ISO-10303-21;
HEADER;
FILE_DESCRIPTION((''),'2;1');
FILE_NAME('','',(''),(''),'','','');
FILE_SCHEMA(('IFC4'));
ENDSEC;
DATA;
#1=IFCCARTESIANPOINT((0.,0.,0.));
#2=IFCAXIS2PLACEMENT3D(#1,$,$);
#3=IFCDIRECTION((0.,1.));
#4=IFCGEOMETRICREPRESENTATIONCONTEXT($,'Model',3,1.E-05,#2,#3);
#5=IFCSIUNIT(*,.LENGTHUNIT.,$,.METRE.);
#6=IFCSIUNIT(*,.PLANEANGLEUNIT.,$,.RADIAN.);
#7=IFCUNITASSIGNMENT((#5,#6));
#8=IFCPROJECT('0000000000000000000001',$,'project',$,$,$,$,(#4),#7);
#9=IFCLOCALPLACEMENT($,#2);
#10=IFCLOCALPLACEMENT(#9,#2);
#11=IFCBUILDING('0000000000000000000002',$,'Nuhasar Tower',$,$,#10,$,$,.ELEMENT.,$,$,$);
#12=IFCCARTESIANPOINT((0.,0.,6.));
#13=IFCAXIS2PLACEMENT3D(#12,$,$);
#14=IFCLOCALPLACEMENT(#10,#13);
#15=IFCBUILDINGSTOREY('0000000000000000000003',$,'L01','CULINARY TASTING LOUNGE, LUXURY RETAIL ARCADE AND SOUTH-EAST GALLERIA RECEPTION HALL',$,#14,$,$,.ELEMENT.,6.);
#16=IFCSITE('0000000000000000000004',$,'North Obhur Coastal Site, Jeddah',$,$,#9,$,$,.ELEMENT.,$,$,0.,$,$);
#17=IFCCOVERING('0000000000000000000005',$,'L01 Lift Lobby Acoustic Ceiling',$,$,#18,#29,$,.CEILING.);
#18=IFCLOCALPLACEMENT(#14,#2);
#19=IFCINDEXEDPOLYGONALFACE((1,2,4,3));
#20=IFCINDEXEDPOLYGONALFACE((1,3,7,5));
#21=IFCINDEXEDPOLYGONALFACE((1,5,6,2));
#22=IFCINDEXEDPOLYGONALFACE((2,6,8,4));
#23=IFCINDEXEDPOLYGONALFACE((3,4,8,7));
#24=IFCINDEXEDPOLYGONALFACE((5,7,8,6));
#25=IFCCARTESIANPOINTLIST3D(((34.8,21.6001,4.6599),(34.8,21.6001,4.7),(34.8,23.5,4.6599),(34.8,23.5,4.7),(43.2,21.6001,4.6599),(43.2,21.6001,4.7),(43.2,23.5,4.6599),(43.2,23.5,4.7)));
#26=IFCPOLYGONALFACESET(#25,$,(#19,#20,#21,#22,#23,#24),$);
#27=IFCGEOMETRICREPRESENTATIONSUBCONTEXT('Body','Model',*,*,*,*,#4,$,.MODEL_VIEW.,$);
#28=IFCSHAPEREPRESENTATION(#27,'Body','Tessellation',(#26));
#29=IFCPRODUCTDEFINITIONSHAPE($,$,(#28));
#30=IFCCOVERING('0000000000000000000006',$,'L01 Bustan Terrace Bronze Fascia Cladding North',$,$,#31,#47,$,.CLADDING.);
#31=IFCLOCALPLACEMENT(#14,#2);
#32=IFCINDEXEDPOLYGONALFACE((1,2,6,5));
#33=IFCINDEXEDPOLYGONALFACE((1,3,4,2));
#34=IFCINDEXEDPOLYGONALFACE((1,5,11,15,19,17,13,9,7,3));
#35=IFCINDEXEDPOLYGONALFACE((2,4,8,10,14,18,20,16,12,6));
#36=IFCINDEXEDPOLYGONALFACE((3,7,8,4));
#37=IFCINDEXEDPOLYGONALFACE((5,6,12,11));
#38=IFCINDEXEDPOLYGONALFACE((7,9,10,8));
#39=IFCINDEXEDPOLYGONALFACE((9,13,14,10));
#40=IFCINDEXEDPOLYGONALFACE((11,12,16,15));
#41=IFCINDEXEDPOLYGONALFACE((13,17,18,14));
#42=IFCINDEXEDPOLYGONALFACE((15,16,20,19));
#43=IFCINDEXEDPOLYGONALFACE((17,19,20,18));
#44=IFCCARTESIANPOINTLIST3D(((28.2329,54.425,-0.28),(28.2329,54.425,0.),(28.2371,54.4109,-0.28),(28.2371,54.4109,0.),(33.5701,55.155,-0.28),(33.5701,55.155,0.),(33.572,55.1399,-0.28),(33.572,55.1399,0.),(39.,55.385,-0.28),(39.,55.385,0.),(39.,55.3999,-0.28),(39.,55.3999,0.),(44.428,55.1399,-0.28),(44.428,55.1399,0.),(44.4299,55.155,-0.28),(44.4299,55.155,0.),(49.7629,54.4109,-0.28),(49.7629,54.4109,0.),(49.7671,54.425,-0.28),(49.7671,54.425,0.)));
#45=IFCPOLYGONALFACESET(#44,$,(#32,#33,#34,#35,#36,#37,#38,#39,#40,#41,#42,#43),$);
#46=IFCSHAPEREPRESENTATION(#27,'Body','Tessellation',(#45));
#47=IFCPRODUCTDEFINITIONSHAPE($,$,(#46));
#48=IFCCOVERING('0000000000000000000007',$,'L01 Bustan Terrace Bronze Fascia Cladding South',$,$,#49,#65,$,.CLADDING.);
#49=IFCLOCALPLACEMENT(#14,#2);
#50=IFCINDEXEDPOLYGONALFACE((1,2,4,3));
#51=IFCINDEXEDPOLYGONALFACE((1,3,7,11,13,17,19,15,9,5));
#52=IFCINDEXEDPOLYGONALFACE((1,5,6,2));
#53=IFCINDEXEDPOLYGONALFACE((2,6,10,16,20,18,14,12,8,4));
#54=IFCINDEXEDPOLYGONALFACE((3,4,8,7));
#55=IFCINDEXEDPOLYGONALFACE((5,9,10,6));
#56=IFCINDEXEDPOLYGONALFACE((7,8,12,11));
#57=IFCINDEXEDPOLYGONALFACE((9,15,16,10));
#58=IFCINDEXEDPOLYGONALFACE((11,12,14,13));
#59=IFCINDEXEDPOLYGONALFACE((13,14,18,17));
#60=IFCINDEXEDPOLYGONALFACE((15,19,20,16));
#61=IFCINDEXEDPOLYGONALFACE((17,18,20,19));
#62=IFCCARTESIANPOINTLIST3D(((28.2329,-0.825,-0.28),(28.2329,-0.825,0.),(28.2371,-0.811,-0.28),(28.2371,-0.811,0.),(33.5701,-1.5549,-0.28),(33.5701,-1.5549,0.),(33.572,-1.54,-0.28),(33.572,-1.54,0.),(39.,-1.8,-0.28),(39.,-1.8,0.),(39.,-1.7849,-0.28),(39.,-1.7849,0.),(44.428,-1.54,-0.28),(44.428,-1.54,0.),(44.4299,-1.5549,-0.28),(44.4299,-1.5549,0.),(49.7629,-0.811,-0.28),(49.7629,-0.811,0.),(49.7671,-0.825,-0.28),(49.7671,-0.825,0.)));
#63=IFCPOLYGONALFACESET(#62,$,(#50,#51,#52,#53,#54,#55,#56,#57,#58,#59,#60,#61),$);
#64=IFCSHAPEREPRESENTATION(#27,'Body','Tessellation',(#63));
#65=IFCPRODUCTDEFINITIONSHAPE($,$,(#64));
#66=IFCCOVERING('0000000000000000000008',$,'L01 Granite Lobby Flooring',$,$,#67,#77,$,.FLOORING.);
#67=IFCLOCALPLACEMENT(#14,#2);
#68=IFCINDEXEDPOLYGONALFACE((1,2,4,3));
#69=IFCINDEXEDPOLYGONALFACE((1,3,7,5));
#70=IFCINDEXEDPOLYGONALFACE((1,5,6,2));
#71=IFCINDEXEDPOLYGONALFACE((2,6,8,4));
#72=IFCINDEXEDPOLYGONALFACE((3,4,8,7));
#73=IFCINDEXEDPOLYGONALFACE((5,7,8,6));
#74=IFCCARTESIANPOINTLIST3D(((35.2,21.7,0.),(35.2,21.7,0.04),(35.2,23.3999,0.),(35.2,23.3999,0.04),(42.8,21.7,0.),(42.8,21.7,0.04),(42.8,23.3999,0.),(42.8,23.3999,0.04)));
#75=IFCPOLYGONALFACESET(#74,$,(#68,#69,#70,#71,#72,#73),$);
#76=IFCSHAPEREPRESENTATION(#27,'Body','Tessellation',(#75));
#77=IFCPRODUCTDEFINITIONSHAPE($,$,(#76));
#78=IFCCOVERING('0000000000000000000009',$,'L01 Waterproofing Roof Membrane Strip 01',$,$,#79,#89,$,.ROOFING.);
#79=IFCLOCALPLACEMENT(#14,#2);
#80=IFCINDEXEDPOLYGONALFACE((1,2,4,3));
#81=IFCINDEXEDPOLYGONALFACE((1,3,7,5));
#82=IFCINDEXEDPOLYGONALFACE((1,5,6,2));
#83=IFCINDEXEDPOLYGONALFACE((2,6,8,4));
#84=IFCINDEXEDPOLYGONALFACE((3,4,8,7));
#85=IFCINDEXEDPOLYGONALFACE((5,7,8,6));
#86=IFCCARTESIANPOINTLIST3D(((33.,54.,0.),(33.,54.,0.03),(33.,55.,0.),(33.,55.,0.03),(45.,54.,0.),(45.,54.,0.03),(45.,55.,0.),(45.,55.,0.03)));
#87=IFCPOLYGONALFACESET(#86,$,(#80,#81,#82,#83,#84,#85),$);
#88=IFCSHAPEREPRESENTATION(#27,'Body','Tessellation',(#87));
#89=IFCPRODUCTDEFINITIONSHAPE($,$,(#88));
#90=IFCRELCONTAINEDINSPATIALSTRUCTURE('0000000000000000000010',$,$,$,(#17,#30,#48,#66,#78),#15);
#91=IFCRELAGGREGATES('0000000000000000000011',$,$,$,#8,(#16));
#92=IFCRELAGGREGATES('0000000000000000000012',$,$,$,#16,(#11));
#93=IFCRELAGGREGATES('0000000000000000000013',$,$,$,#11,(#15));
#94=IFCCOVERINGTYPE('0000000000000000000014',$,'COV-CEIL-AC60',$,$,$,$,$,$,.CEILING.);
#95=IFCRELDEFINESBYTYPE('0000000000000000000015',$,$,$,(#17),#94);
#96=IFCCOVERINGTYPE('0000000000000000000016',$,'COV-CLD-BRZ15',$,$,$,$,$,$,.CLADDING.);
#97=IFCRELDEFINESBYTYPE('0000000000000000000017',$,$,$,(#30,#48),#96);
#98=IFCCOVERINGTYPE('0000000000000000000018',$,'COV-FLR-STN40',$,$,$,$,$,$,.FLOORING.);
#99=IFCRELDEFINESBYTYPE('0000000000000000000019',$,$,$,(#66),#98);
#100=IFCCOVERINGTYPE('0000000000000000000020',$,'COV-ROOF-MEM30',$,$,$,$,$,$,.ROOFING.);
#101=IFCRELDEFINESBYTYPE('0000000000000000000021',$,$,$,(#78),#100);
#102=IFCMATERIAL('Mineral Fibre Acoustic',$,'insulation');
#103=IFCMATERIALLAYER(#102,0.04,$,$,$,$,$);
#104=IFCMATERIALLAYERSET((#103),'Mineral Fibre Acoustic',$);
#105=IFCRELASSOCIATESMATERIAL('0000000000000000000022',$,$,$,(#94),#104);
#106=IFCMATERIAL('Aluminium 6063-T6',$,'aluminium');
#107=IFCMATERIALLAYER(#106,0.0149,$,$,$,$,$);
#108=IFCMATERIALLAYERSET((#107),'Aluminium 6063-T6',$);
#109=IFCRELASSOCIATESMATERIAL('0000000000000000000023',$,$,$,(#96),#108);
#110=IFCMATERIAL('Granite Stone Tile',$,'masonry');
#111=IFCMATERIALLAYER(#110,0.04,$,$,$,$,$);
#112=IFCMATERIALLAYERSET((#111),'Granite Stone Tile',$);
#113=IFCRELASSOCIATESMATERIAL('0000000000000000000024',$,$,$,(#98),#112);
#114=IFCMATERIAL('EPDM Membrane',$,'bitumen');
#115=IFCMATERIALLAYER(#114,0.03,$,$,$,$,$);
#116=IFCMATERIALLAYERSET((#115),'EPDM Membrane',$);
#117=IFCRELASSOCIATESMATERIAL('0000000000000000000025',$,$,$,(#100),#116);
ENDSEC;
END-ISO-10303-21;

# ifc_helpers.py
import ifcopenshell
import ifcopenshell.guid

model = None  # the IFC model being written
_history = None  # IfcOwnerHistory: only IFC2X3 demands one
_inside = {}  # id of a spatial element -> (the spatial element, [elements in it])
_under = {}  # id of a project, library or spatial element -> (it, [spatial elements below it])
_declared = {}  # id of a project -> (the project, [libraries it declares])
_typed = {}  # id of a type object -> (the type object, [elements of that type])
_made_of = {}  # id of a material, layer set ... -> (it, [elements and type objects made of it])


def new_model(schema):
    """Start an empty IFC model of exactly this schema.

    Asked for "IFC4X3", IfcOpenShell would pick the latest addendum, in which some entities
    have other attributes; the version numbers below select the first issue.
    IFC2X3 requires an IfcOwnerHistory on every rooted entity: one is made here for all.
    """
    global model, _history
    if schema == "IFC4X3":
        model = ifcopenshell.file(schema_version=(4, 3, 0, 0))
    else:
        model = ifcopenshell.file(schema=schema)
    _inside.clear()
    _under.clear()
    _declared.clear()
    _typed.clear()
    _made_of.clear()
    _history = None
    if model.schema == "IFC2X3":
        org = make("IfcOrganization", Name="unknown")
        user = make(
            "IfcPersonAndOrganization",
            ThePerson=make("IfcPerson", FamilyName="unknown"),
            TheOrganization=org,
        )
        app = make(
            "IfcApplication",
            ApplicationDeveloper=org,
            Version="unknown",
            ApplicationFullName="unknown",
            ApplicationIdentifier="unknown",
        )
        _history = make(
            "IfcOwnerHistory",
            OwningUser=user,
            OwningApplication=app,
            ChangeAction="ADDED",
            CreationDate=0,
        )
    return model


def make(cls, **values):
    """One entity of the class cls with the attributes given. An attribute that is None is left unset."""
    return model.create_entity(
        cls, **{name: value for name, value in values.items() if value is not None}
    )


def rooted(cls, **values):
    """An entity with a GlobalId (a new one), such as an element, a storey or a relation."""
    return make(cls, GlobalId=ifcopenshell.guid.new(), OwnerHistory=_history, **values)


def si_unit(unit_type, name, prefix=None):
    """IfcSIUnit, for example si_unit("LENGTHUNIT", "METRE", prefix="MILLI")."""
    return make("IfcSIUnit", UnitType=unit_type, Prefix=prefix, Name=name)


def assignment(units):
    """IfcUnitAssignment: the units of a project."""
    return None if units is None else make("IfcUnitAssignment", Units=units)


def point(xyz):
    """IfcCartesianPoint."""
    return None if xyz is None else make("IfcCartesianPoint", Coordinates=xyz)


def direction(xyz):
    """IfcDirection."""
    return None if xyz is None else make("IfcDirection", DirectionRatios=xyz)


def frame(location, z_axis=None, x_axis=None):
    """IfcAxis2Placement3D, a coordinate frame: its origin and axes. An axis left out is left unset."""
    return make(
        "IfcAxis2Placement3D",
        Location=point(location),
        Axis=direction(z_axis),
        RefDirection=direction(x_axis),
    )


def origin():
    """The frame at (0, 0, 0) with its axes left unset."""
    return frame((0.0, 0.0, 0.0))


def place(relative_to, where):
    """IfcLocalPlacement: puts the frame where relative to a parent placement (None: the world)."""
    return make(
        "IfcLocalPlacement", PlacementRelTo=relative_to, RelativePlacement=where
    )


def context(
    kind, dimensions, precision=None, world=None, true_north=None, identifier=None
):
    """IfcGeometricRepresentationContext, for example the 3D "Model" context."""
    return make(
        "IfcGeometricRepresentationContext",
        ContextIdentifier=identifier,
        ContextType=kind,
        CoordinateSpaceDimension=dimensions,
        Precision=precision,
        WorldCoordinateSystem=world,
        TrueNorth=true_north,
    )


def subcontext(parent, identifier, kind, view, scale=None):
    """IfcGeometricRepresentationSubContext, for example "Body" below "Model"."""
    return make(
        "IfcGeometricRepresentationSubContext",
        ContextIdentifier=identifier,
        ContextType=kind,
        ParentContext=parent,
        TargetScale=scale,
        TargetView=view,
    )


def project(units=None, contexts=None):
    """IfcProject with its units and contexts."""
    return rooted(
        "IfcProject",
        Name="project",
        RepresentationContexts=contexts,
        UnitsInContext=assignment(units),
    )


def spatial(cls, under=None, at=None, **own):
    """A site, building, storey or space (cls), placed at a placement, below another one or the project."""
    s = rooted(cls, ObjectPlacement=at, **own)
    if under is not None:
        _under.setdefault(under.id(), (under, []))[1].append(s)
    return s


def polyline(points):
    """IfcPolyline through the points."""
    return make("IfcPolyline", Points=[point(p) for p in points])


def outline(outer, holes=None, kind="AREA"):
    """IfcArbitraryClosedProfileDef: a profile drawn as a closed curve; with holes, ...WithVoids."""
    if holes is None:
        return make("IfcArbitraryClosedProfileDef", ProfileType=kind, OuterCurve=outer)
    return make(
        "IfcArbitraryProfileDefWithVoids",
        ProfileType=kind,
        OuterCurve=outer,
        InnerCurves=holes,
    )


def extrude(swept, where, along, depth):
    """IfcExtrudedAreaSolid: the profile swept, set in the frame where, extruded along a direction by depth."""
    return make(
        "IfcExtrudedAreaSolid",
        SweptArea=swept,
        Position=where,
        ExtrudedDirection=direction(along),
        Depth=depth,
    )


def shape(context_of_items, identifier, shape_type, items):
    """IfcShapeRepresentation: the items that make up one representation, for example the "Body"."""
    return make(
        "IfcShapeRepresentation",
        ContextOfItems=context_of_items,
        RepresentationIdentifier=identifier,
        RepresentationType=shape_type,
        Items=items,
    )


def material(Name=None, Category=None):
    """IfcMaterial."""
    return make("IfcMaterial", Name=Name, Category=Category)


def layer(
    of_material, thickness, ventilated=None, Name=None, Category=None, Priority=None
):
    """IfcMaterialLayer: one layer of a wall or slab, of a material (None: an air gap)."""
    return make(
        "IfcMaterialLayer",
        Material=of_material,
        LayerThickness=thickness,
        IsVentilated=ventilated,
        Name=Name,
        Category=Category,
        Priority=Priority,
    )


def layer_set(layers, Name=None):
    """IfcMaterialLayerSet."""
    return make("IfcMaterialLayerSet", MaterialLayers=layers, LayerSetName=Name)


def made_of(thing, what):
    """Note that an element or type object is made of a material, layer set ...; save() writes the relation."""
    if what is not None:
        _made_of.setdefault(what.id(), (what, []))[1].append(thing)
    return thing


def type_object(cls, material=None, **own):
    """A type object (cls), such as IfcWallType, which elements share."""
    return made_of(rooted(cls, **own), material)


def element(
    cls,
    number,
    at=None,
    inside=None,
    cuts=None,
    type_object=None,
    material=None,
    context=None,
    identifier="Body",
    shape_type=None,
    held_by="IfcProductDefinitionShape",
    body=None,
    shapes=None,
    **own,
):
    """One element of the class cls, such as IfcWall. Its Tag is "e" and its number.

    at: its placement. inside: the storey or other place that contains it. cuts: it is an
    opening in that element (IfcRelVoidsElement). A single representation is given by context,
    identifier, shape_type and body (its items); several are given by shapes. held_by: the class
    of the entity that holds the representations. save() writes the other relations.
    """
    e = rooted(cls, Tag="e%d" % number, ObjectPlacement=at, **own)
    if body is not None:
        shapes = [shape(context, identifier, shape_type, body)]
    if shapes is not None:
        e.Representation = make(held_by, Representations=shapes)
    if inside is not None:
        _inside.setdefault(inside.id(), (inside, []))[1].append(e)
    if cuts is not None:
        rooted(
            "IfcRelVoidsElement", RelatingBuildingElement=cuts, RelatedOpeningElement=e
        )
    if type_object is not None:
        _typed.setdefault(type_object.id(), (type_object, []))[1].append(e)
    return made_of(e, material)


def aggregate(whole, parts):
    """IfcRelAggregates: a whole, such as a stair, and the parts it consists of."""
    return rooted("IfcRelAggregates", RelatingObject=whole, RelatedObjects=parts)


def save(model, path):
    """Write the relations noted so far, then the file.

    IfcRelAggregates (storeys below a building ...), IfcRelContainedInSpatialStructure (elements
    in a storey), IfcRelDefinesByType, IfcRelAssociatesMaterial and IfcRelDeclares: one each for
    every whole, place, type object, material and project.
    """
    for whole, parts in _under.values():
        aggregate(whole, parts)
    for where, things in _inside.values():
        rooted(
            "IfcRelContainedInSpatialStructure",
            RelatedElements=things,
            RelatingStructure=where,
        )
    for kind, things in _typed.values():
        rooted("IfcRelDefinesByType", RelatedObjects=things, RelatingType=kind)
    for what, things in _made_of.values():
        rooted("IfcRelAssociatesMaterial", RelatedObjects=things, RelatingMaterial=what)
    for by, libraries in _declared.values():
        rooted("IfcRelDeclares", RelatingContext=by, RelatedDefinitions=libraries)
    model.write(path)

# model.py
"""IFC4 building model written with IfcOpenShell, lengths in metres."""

from ifc_helpers import new_model, si_unit, direction, frame, origin, place, context, subcontext, project, spatial, polyline, outline, extrude, material, layer, layer_set, type_object, element, save


model = new_model("IFC4")

# Units and contexts
model_context = context("Model", 3, precision=1e-05, world=origin(), true_north=direction((0.0, 1.0)))
body_context = subcontext(model_context, "Body", "Model", "MODEL_VIEW")
ifc_project = project(units=[si_unit("LENGTHUNIT", "METRE"), si_unit("PLANEANGLEUNIT", "RADIAN")], contexts=[model_context])

# Site, building, storey
site_placement = place(None, origin())
site = spatial("IfcSite", under=ifc_project, at=site_placement, Name="North Obhur Coastal Site, Jeddah", CompositionType="ELEMENT", RefElevation=0.0)
building_placement = place(site_placement, origin())
building = spatial("IfcBuilding", under=site, at=building_placement, Name="Nuhasar Tower", CompositionType="ELEMENT")
storey_placement = place(building_placement, frame((0.0, 0.0, 6.0)))
storey = spatial("IfcBuildingStorey", under=building, at=storey_placement, Name="L01", Description="CULINARY TASTING LOUNGE, LUXURY RETAIL ARCADE AND SOUTH-EAST GALLERIA RECEPTION HALL", CompositionType="ELEMENT", Elevation=6.0)

# Shared definitions
ifc_material_1 = material(Name="Aluminium 6063-T6", Category="aluminium")

# Coverings
ifc_material_2 = material(Name="Mineral Fibre Acoustic", Category="insulation")
ifc_layer_1 = layer(ifc_material_2, 0.04)
ifc_layer_set_1 = layer_set([ifc_layer_1], Name="Mineral Fibre Acoustic")
covering_type_1 = type_object("IfcCoveringType", Name="COV-CEIL-AC60", PredefinedType="CEILING", material=ifc_layer_set_1)
covering_1_placement = place(storey_placement, frame((0.0, 0.0, 4.6599)))
element("IfcCovering", 1, at=covering_1_placement, inside=storey, type_object=covering_type_1, Name="L01 Lift Lobby Acoustic Ceiling", PredefinedType="CEILING", context=body_context, shape_type="SweptSolid", body=[
    extrude(outline(polyline([(34.8, 21.6001), (43.2, 21.6001), (43.2, 23.5), (34.8, 23.5), (34.8, 21.6001)])), origin(), (0.0, 0.0, 1.0), 0.04),
])
ifc_layer_2 = layer(ifc_material_1, 0.0149)
ifc_layer_set_2 = layer_set([ifc_layer_2], Name="Aluminium 6063-T6")
covering_type_2 = type_object("IfcCoveringType", Name="COV-CLD-BRZ15", PredefinedType="CLADDING", material=ifc_layer_set_2)
covering_2_placement = place(storey_placement, frame((0.0, 0.0, -0.28)))
element("IfcCovering", 2, at=covering_2_placement, inside=storey, type_object=covering_type_2, Name="L01 Bustan Terrace Bronze Fascia Cladding North", PredefinedType="CLADDING", context=body_context, shape_type="SweptSolid", body=[
    extrude(outline(polyline([(49.7671, 54.425), (44.4299, 55.155), (39.0, 55.3999), (33.5701, 55.155), (28.2329, 54.425), (28.2371, 54.4109), (33.572, 55.1399), (39.0, 55.385), (44.428, 55.1399), (49.7629, 54.4109), (49.7671, 54.425)])), origin(), (0.0, 0.0, 1.0), 0.28),
])
covering_3_placement = place(storey_placement, frame((0.0, 0.0, -0.28)))
element("IfcCovering", 3, at=covering_3_placement, inside=storey, type_object=covering_type_2, Name="L01 Bustan Terrace Bronze Fascia Cladding South", PredefinedType="CLADDING", context=body_context, shape_type="SweptSolid", body=[
    extrude(outline(polyline([(28.2329, -0.825), (33.5701, -1.5549), (39.0, -1.8), (44.4299, -1.5549), (49.7671, -0.825), (49.7629, -0.811), (44.428, -1.54), (39.0, -1.7849), (33.572, -1.54), (28.2371, -0.811), (28.2329, -0.825)])), origin(), (0.0, 0.0, 1.0), 0.28),
])
ifc_material_3 = material(Name="Granite Stone Tile", Category="masonry")
ifc_layer_3 = layer(ifc_material_3, 0.04)
ifc_layer_set_3 = layer_set([ifc_layer_3], Name="Granite Stone Tile")
covering_type_3 = type_object("IfcCoveringType", Name="COV-FLR-STN40", PredefinedType="FLOORING", material=ifc_layer_set_3)
covering_4_placement = place(storey_placement, origin())
element("IfcCovering", 4, at=covering_4_placement, inside=storey, type_object=covering_type_3, Name="L01 Granite Lobby Flooring", PredefinedType="FLOORING", context=body_context, shape_type="SweptSolid", body=[
    extrude(outline(polyline([(35.2, 21.7), (42.8, 21.7), (42.8, 23.3999), (35.2, 23.3999), (35.2, 21.7)])), origin(), (0.0, 0.0, 1.0), 0.04),
])
ifc_material_4 = material(Name="EPDM Membrane", Category="bitumen")
ifc_layer_4 = layer(ifc_material_4, 0.03)
ifc_layer_set_4 = layer_set([ifc_layer_4], Name="EPDM Membrane")
covering_type_4 = type_object("IfcCoveringType", Name="COV-ROOF-MEM30", PredefinedType="ROOFING", material=ifc_layer_set_4)
covering_5_placement = place(storey_placement, origin())
element("IfcCovering", 5, at=covering_5_placement, inside=storey, type_object=covering_type_4, Name="L01 Waterproofing Roof Membrane Strip 01", PredefinedType="ROOFING", context=body_context, shape_type="SweptSolid", body=[
    extrude(outline(polyline([(33.0, 54.0), (45.0, 54.0), (45.0, 55.0), (33.0, 55.0), (33.0, 54.0)])), origin(), (0.0, 0.0, 1.0), 0.03),
])

save(model, "model.ifc")
